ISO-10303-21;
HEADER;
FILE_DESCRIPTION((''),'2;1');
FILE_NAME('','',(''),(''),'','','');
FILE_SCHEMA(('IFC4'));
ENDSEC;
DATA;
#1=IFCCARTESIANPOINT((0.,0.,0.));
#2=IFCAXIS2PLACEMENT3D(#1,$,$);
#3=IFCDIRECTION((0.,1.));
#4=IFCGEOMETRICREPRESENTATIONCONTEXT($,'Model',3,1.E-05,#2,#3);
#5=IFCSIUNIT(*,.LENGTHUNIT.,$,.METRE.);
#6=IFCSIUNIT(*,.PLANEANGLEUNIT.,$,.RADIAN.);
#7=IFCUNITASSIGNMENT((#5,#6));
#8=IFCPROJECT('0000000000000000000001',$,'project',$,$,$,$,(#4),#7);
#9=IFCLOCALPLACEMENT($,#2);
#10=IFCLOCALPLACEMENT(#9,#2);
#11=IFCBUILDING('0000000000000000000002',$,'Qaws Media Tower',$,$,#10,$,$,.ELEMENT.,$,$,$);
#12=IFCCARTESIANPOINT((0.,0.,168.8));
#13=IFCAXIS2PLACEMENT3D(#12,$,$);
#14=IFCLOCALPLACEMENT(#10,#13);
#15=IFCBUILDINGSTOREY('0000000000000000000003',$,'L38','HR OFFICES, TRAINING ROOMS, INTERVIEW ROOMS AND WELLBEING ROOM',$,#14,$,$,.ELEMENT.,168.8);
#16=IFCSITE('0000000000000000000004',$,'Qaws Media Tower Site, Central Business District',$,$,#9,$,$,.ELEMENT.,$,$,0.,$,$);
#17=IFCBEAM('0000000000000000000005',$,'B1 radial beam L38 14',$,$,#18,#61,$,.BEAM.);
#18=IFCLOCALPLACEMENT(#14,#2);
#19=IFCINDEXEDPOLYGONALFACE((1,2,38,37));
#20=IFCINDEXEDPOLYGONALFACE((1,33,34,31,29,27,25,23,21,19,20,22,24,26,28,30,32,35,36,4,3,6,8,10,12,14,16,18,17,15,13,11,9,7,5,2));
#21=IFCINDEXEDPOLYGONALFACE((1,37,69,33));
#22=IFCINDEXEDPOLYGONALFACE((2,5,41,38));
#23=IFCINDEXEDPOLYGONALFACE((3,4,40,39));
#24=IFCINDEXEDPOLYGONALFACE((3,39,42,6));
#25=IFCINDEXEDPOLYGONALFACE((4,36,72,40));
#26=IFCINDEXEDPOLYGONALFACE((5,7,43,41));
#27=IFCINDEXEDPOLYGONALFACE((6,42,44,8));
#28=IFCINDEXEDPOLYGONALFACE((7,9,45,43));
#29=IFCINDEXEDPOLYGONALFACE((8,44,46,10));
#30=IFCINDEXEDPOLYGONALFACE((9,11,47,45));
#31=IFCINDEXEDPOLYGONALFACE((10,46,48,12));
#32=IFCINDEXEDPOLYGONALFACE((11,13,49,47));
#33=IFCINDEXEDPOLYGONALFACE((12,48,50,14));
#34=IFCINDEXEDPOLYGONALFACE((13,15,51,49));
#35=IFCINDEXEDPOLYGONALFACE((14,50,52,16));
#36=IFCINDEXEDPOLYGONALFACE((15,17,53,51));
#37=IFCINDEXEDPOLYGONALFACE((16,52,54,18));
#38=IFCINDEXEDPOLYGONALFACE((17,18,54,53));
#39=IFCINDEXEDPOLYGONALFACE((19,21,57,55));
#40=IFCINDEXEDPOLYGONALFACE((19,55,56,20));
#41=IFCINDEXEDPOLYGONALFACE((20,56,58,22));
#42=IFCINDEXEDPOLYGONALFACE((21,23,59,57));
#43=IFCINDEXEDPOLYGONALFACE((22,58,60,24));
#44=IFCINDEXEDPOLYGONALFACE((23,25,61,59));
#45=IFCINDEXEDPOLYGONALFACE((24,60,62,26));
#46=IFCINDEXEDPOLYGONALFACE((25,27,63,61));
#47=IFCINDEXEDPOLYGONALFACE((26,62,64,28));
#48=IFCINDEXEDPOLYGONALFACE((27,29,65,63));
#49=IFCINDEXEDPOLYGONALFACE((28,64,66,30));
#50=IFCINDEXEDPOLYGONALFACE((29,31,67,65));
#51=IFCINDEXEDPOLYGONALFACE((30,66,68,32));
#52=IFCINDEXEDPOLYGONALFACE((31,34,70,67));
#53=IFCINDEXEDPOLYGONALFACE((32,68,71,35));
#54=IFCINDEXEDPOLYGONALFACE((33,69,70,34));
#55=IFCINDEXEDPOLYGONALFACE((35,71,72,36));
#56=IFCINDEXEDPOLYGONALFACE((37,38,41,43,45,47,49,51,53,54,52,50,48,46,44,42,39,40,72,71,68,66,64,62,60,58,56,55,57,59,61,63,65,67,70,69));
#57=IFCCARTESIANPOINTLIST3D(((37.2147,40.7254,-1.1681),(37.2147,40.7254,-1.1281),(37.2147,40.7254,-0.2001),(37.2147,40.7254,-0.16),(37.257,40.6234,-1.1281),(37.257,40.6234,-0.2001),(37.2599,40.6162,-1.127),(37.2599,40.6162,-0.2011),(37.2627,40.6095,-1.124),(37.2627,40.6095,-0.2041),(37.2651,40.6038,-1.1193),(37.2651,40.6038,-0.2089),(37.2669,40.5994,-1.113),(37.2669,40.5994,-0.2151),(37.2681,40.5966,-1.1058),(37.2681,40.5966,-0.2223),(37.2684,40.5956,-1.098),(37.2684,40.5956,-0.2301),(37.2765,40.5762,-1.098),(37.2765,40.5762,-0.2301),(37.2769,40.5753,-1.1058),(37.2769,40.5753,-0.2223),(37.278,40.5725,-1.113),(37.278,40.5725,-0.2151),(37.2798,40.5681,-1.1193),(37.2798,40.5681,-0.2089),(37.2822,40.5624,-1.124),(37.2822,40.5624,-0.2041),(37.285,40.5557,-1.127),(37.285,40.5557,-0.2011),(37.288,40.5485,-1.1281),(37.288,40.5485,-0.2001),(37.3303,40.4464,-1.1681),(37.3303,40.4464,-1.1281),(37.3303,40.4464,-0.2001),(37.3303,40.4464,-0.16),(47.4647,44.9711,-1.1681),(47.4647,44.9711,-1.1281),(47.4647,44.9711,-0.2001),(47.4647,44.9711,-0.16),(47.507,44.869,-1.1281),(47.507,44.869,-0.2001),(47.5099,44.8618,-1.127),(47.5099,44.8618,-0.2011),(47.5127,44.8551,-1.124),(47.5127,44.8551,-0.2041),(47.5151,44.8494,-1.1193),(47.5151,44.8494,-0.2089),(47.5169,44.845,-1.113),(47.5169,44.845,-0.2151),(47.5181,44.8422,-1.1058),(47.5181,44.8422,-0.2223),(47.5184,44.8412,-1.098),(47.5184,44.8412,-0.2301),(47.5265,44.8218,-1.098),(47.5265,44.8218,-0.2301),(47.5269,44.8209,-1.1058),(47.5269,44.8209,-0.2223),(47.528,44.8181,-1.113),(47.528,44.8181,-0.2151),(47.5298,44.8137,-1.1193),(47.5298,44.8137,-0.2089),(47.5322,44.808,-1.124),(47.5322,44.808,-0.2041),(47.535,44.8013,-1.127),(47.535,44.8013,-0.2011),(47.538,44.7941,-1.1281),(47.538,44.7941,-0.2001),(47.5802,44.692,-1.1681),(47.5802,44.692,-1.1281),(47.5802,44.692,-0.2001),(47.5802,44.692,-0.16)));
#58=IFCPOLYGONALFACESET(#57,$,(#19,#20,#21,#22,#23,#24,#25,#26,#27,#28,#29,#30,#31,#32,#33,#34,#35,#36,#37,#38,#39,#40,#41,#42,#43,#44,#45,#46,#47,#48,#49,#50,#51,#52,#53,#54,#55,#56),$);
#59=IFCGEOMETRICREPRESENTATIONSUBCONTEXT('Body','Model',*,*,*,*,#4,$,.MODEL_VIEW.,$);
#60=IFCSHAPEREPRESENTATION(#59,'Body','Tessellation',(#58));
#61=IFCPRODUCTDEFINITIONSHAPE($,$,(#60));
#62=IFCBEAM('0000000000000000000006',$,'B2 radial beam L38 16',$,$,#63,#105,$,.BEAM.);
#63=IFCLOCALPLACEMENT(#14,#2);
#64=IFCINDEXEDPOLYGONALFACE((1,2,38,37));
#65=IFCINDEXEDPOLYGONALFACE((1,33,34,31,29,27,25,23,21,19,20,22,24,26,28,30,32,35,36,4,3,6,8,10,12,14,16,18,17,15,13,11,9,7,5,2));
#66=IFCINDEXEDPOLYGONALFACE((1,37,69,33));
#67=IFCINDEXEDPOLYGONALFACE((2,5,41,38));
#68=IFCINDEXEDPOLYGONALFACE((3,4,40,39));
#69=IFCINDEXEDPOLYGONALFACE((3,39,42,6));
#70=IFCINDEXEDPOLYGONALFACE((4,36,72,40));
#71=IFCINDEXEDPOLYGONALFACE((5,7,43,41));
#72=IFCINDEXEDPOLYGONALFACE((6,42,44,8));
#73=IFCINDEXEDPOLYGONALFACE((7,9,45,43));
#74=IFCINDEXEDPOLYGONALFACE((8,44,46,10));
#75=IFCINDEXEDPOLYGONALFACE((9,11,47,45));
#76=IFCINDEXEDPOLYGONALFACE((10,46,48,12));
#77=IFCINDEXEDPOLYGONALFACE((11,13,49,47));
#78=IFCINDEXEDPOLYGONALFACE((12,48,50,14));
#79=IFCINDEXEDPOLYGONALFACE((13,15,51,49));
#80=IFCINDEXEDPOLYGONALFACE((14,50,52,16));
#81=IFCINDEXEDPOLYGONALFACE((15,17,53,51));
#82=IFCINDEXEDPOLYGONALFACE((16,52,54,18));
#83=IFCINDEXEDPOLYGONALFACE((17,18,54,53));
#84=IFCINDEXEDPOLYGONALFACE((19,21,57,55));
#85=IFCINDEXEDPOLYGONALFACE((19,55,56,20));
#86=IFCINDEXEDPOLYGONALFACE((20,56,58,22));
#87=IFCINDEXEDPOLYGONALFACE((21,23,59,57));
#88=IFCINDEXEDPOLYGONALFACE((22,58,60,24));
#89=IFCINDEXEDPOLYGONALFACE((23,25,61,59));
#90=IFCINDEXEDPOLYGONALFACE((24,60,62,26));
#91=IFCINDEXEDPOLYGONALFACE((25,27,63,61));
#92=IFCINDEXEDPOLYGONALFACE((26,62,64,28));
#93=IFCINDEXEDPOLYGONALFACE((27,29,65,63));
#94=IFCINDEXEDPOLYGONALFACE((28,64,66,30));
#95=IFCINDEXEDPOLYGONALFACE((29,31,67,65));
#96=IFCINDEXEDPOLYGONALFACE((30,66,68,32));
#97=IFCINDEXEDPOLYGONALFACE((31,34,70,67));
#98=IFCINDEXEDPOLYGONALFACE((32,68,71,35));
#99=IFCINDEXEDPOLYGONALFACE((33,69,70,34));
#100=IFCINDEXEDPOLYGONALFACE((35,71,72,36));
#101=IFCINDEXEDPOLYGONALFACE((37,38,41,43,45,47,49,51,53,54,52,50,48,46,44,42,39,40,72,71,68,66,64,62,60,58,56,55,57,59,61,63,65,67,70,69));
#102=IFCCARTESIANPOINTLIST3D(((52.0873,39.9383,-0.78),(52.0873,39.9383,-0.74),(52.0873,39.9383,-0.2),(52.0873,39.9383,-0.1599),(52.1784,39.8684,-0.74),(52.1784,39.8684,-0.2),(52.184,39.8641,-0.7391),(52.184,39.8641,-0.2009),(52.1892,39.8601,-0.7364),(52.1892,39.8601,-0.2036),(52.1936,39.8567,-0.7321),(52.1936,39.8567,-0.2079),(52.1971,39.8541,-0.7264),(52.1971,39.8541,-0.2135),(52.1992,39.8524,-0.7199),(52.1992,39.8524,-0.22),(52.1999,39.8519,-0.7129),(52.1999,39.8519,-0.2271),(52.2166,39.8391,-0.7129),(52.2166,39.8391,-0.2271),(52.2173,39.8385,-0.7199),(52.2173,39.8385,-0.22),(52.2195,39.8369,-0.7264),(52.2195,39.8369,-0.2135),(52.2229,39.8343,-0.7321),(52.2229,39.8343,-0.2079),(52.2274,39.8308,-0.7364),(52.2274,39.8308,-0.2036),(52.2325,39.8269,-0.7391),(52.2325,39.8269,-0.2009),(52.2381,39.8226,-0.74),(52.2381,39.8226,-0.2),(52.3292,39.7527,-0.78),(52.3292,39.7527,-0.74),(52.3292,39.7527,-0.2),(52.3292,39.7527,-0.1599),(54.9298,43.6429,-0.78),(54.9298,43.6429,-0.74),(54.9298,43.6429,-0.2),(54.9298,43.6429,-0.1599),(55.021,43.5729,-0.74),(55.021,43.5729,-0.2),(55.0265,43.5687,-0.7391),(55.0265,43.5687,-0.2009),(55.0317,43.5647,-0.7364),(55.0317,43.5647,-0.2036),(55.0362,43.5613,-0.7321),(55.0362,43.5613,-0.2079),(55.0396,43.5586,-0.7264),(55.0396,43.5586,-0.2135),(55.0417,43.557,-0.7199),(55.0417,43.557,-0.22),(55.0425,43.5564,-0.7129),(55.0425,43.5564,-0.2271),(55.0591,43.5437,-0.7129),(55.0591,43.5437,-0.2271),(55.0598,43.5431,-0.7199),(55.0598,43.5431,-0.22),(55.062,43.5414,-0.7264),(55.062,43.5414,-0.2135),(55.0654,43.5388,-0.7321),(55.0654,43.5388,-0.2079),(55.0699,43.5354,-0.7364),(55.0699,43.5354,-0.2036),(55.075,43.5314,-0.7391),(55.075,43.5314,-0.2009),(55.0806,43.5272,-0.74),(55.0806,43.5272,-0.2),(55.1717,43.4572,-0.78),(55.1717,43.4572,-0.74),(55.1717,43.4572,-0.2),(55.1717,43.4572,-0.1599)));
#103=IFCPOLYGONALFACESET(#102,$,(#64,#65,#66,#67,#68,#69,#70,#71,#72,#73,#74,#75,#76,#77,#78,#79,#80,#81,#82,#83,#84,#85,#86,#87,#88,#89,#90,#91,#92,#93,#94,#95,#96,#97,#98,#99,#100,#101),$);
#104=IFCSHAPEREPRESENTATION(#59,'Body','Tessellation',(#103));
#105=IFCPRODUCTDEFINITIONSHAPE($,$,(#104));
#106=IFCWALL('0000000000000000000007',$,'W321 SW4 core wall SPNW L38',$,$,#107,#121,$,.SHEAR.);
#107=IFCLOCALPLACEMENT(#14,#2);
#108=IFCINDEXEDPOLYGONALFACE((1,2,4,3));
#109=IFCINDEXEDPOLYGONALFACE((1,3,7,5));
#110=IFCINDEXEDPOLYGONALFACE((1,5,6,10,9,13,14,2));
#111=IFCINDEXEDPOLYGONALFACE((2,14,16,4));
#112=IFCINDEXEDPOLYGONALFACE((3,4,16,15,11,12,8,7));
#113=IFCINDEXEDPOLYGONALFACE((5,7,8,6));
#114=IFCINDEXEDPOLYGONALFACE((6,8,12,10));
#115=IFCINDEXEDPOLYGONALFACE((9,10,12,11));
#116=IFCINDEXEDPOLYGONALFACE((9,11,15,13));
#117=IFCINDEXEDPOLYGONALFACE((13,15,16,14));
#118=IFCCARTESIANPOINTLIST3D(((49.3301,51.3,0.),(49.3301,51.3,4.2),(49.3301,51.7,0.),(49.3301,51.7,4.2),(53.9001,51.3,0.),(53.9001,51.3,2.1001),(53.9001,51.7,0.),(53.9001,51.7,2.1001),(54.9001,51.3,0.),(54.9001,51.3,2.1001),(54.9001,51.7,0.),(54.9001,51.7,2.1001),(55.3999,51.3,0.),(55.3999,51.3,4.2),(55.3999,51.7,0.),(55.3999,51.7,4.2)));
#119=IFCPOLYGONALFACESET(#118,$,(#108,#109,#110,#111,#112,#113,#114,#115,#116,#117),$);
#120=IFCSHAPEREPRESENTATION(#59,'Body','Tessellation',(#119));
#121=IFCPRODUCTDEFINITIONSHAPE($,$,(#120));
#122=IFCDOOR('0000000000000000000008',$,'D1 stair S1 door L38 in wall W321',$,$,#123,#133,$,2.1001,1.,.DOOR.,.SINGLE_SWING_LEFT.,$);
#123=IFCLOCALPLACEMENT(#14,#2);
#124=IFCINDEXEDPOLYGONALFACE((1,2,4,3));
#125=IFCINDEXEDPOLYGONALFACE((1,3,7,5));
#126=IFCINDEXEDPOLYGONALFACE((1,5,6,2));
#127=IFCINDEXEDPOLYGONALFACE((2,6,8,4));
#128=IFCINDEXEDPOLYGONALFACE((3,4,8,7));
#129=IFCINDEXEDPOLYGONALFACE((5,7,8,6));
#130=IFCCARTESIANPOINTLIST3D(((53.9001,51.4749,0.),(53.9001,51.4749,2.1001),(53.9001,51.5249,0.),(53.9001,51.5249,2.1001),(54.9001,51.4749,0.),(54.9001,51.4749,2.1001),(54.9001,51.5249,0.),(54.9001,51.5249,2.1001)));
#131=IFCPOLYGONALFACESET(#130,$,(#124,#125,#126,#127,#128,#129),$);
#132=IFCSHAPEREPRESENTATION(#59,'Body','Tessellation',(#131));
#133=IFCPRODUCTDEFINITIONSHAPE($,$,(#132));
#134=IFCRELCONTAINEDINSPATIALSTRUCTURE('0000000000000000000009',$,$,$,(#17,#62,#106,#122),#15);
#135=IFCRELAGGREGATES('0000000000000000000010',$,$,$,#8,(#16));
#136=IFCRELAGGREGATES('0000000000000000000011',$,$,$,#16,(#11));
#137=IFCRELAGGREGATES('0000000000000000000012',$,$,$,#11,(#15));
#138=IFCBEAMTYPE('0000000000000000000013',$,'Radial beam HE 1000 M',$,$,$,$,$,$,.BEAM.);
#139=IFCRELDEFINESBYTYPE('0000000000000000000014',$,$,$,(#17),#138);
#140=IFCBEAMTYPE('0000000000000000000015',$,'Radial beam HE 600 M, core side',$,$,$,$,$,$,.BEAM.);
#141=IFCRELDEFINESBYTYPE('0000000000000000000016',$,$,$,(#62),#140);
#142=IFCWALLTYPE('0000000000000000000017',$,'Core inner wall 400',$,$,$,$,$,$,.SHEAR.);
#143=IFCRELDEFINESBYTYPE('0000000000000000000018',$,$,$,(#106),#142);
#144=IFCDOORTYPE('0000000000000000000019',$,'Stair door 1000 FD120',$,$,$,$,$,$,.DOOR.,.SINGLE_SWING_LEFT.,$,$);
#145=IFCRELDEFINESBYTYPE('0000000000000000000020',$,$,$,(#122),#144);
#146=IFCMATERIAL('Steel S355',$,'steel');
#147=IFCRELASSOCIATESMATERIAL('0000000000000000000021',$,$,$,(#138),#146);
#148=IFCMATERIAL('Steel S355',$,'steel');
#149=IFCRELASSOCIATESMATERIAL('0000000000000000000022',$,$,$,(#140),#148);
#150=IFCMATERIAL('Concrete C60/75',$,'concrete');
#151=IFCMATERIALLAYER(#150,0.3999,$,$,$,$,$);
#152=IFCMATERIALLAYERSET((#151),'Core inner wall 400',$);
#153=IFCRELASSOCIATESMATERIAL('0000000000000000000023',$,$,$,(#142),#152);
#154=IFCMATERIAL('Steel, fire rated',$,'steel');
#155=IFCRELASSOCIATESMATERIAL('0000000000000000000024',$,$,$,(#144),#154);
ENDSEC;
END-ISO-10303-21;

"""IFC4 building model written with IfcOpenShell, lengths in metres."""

from ifc_helpers import new_model, si_unit, direction, frame, frame_2d, origin, origin_2d, place, context, subcontext, project, spatial, rectangle, i_section, extrude, material, layer, layer_set, material_profile, profile_set, type_object, element, fill, save


model = new_model("IFC4")

# Units and contexts
model_context = context("Model", 3, precision=1e-05, world=origin(), true_north=direction((0.0, 1.0)))
body_context = subcontext(model_context, "Body", "Model", "MODEL_VIEW")
ifc_project = project(units=[si_unit("LENGTHUNIT", "METRE"), si_unit("PLANEANGLEUNIT", "RADIAN")], contexts=[model_context])

# Site, building, storey
site_placement = place(None, origin())
site = spatial("IfcSite", under=ifc_project, at=site_placement, Name="Qaws Media Tower Site, Central Business District", CompositionType="ELEMENT", RefElevation=0.0)
building_placement = place(site_placement, origin())
building = spatial("IfcBuilding", under=site, at=building_placement, Name="Qaws Media Tower", CompositionType="ELEMENT")
storey_placement = place(building_placement, frame((0.0, 0.0, 168.8)))
storey = spatial("IfcBuildingStorey", under=building, at=storey_placement, Name="L38", Description="HR OFFICES, TRAINING ROOMS, INTERVIEW ROOMS AND WELLBEING ROOM", CompositionType="ELEMENT", Elevation=168.8)

# Beams
ifc_material_1 = material(Name="Steel S355", Category="steel")
ifc_material_profile_1 = material_profile(ifc_material_1, i_section(OverallWidth=0.302, OverallDepth=1.0081, WebThickness=0.021, FlangeThickness=0.04, FilletRadius=0.03, at=origin_2d()), Name="HE 1000 M")
ifc_profile_set_1 = profile_set([ifc_material_profile_1], Name="Steel S355")
beam_type_1 = type_object("IfcBeamType", Name="Radial beam HE 1000 M", PredefinedType="BEAM", material=ifc_profile_set_1)
beam_1_placement = place(storey_placement, frame((47.5225, 44.8315, -0.6641), z_axis=(-0.923882, -0.382677, 0.0), x_axis=(0.382677, -0.923882, 0.0)))
element("IfcBeam", 1, at=beam_1_placement, inside=storey, type_object=beam_type_1, Name="B1 radial beam L38 14", PredefinedType="BEAM", context=body_context, shape_type="SweptSolid", body=[
    extrude(i_section(OverallWidth=0.302, OverallDepth=1.0081, WebThickness=0.021, FlangeThickness=0.04, FilletRadius=0.03, at=origin_2d()), origin(), (0.0, 0.0, 1.0), 11.0945),
])
ifc_material_2 = material(Name="Steel S355", Category="steel")
ifc_material_profile_2 = material_profile(ifc_material_2, i_section(OverallWidth=0.3049, OverallDepth=0.6201, WebThickness=0.021, FlangeThickness=0.04, FilletRadius=0.0271, at=origin_2d()), Name="HE 600 M")
ifc_profile_set_2 = profile_set([ifc_material_profile_2], Name="Steel S355")
beam_type_2 = type_object("IfcBeamType", Name="Radial beam HE 600 M, core side", PredefinedType="BEAM", material=ifc_profile_set_2)
beam_2_placement = place(storey_placement, frame((55.0508, 43.55, -0.47), z_axis=(-0.608748, -0.793364, 0.0), x_axis=(0.793364, -0.608748, 0.0)))
element("IfcBeam", 2, at=beam_2_placement, inside=storey, type_object=beam_type_2, Name="B2 radial beam L38 16", PredefinedType="BEAM", context=body_context, shape_type="SweptSolid", body=[
    extrude(i_section(OverallWidth=0.3049, OverallDepth=0.6201, WebThickness=0.021, FlangeThickness=0.04, FilletRadius=0.0271, at=origin_2d()), origin(), (0.0, 0.0, 1.0), 4.6694),
])

# Wall, opening, door
ifc_material_3 = material(Name="Concrete C60/75", Category="concrete")
ifc_layer_1 = layer(ifc_material_3, 0.3999)
ifc_layer_set_1 = layer_set([ifc_layer_1], Name="Core inner wall 400")
wall_type_1 = type_object("IfcWallType", Name="Core inner wall 400", PredefinedType="SHEAR", material=ifc_layer_set_1)
wall_1_placement = place(storey_placement, frame((49.3301, 51.5, 0.0), z_axis=(0.0, 0.0, 1.0), x_axis=(1.0, 0.0, 0.0)))
wall_1 = element("IfcWall", 3, at=wall_1_placement, inside=storey, type_object=wall_type_1, Name="W321 SW4 core wall SPNW L38", PredefinedType="SHEAR", context=body_context, shape_type="SweptSolid", body=[
    extrude(rectangle(XDim=6.0698, YDim=0.3999, at=frame_2d((3.0349, 0.0))), origin(), (0.0, 0.0, 1.0), 4.2),
])
opening_1_placement = place(wall_1_placement, frame((4.5701, 0.0, 0.0)))
opening_1 = element("IfcOpeningElement", 4, at=opening_1_placement, cuts=wall_1, PredefinedType="OPENING", context=body_context, shape_type="SweptSolid", body=[
    extrude(rectangle(XDim=1.0, YDim=2.1001, at=frame_2d((0.5, 1.05))), frame((0.0, 0.21, 0.0), z_axis=(0.0, -1.0, 0.0), x_axis=(1.0, 0.0, 0.0)), (0.0, 0.0, 1.0), 0.4199),
])
ifc_material_4 = material(Name="Steel, fire rated", Category="steel")
door_type_1 = type_object("IfcDoorType", Name="Stair door 1000 FD120", OperationType="SINGLE_SWING_LEFT", PredefinedType="DOOR", material=ifc_material_4)
door_1_placement = place(opening_1_placement, origin())
door_1 = element("IfcDoor", 5, at=door_1_placement, inside=storey, type_object=door_type_1, Name="D1 stair S1 door L38 in wall W321", OperationType="SINGLE_SWING_LEFT", OverallHeight=2.1001, OverallWidth=1.0, PredefinedType="DOOR", context=body_context, shape_type="SweptSolid", body=[
    extrude(rectangle(XDim=1.0, YDim=2.1001, at=frame_2d((0.5, 1.05))), frame((0.0, 0.0249, 0.0), z_axis=(0.0, -1.0, 0.0), x_axis=(1.0, 0.0, 0.0)), (0.0, 0.0, 1.0), 0.05),
])
fill(opening_1, door_1)

save(model, "model.ifc")
